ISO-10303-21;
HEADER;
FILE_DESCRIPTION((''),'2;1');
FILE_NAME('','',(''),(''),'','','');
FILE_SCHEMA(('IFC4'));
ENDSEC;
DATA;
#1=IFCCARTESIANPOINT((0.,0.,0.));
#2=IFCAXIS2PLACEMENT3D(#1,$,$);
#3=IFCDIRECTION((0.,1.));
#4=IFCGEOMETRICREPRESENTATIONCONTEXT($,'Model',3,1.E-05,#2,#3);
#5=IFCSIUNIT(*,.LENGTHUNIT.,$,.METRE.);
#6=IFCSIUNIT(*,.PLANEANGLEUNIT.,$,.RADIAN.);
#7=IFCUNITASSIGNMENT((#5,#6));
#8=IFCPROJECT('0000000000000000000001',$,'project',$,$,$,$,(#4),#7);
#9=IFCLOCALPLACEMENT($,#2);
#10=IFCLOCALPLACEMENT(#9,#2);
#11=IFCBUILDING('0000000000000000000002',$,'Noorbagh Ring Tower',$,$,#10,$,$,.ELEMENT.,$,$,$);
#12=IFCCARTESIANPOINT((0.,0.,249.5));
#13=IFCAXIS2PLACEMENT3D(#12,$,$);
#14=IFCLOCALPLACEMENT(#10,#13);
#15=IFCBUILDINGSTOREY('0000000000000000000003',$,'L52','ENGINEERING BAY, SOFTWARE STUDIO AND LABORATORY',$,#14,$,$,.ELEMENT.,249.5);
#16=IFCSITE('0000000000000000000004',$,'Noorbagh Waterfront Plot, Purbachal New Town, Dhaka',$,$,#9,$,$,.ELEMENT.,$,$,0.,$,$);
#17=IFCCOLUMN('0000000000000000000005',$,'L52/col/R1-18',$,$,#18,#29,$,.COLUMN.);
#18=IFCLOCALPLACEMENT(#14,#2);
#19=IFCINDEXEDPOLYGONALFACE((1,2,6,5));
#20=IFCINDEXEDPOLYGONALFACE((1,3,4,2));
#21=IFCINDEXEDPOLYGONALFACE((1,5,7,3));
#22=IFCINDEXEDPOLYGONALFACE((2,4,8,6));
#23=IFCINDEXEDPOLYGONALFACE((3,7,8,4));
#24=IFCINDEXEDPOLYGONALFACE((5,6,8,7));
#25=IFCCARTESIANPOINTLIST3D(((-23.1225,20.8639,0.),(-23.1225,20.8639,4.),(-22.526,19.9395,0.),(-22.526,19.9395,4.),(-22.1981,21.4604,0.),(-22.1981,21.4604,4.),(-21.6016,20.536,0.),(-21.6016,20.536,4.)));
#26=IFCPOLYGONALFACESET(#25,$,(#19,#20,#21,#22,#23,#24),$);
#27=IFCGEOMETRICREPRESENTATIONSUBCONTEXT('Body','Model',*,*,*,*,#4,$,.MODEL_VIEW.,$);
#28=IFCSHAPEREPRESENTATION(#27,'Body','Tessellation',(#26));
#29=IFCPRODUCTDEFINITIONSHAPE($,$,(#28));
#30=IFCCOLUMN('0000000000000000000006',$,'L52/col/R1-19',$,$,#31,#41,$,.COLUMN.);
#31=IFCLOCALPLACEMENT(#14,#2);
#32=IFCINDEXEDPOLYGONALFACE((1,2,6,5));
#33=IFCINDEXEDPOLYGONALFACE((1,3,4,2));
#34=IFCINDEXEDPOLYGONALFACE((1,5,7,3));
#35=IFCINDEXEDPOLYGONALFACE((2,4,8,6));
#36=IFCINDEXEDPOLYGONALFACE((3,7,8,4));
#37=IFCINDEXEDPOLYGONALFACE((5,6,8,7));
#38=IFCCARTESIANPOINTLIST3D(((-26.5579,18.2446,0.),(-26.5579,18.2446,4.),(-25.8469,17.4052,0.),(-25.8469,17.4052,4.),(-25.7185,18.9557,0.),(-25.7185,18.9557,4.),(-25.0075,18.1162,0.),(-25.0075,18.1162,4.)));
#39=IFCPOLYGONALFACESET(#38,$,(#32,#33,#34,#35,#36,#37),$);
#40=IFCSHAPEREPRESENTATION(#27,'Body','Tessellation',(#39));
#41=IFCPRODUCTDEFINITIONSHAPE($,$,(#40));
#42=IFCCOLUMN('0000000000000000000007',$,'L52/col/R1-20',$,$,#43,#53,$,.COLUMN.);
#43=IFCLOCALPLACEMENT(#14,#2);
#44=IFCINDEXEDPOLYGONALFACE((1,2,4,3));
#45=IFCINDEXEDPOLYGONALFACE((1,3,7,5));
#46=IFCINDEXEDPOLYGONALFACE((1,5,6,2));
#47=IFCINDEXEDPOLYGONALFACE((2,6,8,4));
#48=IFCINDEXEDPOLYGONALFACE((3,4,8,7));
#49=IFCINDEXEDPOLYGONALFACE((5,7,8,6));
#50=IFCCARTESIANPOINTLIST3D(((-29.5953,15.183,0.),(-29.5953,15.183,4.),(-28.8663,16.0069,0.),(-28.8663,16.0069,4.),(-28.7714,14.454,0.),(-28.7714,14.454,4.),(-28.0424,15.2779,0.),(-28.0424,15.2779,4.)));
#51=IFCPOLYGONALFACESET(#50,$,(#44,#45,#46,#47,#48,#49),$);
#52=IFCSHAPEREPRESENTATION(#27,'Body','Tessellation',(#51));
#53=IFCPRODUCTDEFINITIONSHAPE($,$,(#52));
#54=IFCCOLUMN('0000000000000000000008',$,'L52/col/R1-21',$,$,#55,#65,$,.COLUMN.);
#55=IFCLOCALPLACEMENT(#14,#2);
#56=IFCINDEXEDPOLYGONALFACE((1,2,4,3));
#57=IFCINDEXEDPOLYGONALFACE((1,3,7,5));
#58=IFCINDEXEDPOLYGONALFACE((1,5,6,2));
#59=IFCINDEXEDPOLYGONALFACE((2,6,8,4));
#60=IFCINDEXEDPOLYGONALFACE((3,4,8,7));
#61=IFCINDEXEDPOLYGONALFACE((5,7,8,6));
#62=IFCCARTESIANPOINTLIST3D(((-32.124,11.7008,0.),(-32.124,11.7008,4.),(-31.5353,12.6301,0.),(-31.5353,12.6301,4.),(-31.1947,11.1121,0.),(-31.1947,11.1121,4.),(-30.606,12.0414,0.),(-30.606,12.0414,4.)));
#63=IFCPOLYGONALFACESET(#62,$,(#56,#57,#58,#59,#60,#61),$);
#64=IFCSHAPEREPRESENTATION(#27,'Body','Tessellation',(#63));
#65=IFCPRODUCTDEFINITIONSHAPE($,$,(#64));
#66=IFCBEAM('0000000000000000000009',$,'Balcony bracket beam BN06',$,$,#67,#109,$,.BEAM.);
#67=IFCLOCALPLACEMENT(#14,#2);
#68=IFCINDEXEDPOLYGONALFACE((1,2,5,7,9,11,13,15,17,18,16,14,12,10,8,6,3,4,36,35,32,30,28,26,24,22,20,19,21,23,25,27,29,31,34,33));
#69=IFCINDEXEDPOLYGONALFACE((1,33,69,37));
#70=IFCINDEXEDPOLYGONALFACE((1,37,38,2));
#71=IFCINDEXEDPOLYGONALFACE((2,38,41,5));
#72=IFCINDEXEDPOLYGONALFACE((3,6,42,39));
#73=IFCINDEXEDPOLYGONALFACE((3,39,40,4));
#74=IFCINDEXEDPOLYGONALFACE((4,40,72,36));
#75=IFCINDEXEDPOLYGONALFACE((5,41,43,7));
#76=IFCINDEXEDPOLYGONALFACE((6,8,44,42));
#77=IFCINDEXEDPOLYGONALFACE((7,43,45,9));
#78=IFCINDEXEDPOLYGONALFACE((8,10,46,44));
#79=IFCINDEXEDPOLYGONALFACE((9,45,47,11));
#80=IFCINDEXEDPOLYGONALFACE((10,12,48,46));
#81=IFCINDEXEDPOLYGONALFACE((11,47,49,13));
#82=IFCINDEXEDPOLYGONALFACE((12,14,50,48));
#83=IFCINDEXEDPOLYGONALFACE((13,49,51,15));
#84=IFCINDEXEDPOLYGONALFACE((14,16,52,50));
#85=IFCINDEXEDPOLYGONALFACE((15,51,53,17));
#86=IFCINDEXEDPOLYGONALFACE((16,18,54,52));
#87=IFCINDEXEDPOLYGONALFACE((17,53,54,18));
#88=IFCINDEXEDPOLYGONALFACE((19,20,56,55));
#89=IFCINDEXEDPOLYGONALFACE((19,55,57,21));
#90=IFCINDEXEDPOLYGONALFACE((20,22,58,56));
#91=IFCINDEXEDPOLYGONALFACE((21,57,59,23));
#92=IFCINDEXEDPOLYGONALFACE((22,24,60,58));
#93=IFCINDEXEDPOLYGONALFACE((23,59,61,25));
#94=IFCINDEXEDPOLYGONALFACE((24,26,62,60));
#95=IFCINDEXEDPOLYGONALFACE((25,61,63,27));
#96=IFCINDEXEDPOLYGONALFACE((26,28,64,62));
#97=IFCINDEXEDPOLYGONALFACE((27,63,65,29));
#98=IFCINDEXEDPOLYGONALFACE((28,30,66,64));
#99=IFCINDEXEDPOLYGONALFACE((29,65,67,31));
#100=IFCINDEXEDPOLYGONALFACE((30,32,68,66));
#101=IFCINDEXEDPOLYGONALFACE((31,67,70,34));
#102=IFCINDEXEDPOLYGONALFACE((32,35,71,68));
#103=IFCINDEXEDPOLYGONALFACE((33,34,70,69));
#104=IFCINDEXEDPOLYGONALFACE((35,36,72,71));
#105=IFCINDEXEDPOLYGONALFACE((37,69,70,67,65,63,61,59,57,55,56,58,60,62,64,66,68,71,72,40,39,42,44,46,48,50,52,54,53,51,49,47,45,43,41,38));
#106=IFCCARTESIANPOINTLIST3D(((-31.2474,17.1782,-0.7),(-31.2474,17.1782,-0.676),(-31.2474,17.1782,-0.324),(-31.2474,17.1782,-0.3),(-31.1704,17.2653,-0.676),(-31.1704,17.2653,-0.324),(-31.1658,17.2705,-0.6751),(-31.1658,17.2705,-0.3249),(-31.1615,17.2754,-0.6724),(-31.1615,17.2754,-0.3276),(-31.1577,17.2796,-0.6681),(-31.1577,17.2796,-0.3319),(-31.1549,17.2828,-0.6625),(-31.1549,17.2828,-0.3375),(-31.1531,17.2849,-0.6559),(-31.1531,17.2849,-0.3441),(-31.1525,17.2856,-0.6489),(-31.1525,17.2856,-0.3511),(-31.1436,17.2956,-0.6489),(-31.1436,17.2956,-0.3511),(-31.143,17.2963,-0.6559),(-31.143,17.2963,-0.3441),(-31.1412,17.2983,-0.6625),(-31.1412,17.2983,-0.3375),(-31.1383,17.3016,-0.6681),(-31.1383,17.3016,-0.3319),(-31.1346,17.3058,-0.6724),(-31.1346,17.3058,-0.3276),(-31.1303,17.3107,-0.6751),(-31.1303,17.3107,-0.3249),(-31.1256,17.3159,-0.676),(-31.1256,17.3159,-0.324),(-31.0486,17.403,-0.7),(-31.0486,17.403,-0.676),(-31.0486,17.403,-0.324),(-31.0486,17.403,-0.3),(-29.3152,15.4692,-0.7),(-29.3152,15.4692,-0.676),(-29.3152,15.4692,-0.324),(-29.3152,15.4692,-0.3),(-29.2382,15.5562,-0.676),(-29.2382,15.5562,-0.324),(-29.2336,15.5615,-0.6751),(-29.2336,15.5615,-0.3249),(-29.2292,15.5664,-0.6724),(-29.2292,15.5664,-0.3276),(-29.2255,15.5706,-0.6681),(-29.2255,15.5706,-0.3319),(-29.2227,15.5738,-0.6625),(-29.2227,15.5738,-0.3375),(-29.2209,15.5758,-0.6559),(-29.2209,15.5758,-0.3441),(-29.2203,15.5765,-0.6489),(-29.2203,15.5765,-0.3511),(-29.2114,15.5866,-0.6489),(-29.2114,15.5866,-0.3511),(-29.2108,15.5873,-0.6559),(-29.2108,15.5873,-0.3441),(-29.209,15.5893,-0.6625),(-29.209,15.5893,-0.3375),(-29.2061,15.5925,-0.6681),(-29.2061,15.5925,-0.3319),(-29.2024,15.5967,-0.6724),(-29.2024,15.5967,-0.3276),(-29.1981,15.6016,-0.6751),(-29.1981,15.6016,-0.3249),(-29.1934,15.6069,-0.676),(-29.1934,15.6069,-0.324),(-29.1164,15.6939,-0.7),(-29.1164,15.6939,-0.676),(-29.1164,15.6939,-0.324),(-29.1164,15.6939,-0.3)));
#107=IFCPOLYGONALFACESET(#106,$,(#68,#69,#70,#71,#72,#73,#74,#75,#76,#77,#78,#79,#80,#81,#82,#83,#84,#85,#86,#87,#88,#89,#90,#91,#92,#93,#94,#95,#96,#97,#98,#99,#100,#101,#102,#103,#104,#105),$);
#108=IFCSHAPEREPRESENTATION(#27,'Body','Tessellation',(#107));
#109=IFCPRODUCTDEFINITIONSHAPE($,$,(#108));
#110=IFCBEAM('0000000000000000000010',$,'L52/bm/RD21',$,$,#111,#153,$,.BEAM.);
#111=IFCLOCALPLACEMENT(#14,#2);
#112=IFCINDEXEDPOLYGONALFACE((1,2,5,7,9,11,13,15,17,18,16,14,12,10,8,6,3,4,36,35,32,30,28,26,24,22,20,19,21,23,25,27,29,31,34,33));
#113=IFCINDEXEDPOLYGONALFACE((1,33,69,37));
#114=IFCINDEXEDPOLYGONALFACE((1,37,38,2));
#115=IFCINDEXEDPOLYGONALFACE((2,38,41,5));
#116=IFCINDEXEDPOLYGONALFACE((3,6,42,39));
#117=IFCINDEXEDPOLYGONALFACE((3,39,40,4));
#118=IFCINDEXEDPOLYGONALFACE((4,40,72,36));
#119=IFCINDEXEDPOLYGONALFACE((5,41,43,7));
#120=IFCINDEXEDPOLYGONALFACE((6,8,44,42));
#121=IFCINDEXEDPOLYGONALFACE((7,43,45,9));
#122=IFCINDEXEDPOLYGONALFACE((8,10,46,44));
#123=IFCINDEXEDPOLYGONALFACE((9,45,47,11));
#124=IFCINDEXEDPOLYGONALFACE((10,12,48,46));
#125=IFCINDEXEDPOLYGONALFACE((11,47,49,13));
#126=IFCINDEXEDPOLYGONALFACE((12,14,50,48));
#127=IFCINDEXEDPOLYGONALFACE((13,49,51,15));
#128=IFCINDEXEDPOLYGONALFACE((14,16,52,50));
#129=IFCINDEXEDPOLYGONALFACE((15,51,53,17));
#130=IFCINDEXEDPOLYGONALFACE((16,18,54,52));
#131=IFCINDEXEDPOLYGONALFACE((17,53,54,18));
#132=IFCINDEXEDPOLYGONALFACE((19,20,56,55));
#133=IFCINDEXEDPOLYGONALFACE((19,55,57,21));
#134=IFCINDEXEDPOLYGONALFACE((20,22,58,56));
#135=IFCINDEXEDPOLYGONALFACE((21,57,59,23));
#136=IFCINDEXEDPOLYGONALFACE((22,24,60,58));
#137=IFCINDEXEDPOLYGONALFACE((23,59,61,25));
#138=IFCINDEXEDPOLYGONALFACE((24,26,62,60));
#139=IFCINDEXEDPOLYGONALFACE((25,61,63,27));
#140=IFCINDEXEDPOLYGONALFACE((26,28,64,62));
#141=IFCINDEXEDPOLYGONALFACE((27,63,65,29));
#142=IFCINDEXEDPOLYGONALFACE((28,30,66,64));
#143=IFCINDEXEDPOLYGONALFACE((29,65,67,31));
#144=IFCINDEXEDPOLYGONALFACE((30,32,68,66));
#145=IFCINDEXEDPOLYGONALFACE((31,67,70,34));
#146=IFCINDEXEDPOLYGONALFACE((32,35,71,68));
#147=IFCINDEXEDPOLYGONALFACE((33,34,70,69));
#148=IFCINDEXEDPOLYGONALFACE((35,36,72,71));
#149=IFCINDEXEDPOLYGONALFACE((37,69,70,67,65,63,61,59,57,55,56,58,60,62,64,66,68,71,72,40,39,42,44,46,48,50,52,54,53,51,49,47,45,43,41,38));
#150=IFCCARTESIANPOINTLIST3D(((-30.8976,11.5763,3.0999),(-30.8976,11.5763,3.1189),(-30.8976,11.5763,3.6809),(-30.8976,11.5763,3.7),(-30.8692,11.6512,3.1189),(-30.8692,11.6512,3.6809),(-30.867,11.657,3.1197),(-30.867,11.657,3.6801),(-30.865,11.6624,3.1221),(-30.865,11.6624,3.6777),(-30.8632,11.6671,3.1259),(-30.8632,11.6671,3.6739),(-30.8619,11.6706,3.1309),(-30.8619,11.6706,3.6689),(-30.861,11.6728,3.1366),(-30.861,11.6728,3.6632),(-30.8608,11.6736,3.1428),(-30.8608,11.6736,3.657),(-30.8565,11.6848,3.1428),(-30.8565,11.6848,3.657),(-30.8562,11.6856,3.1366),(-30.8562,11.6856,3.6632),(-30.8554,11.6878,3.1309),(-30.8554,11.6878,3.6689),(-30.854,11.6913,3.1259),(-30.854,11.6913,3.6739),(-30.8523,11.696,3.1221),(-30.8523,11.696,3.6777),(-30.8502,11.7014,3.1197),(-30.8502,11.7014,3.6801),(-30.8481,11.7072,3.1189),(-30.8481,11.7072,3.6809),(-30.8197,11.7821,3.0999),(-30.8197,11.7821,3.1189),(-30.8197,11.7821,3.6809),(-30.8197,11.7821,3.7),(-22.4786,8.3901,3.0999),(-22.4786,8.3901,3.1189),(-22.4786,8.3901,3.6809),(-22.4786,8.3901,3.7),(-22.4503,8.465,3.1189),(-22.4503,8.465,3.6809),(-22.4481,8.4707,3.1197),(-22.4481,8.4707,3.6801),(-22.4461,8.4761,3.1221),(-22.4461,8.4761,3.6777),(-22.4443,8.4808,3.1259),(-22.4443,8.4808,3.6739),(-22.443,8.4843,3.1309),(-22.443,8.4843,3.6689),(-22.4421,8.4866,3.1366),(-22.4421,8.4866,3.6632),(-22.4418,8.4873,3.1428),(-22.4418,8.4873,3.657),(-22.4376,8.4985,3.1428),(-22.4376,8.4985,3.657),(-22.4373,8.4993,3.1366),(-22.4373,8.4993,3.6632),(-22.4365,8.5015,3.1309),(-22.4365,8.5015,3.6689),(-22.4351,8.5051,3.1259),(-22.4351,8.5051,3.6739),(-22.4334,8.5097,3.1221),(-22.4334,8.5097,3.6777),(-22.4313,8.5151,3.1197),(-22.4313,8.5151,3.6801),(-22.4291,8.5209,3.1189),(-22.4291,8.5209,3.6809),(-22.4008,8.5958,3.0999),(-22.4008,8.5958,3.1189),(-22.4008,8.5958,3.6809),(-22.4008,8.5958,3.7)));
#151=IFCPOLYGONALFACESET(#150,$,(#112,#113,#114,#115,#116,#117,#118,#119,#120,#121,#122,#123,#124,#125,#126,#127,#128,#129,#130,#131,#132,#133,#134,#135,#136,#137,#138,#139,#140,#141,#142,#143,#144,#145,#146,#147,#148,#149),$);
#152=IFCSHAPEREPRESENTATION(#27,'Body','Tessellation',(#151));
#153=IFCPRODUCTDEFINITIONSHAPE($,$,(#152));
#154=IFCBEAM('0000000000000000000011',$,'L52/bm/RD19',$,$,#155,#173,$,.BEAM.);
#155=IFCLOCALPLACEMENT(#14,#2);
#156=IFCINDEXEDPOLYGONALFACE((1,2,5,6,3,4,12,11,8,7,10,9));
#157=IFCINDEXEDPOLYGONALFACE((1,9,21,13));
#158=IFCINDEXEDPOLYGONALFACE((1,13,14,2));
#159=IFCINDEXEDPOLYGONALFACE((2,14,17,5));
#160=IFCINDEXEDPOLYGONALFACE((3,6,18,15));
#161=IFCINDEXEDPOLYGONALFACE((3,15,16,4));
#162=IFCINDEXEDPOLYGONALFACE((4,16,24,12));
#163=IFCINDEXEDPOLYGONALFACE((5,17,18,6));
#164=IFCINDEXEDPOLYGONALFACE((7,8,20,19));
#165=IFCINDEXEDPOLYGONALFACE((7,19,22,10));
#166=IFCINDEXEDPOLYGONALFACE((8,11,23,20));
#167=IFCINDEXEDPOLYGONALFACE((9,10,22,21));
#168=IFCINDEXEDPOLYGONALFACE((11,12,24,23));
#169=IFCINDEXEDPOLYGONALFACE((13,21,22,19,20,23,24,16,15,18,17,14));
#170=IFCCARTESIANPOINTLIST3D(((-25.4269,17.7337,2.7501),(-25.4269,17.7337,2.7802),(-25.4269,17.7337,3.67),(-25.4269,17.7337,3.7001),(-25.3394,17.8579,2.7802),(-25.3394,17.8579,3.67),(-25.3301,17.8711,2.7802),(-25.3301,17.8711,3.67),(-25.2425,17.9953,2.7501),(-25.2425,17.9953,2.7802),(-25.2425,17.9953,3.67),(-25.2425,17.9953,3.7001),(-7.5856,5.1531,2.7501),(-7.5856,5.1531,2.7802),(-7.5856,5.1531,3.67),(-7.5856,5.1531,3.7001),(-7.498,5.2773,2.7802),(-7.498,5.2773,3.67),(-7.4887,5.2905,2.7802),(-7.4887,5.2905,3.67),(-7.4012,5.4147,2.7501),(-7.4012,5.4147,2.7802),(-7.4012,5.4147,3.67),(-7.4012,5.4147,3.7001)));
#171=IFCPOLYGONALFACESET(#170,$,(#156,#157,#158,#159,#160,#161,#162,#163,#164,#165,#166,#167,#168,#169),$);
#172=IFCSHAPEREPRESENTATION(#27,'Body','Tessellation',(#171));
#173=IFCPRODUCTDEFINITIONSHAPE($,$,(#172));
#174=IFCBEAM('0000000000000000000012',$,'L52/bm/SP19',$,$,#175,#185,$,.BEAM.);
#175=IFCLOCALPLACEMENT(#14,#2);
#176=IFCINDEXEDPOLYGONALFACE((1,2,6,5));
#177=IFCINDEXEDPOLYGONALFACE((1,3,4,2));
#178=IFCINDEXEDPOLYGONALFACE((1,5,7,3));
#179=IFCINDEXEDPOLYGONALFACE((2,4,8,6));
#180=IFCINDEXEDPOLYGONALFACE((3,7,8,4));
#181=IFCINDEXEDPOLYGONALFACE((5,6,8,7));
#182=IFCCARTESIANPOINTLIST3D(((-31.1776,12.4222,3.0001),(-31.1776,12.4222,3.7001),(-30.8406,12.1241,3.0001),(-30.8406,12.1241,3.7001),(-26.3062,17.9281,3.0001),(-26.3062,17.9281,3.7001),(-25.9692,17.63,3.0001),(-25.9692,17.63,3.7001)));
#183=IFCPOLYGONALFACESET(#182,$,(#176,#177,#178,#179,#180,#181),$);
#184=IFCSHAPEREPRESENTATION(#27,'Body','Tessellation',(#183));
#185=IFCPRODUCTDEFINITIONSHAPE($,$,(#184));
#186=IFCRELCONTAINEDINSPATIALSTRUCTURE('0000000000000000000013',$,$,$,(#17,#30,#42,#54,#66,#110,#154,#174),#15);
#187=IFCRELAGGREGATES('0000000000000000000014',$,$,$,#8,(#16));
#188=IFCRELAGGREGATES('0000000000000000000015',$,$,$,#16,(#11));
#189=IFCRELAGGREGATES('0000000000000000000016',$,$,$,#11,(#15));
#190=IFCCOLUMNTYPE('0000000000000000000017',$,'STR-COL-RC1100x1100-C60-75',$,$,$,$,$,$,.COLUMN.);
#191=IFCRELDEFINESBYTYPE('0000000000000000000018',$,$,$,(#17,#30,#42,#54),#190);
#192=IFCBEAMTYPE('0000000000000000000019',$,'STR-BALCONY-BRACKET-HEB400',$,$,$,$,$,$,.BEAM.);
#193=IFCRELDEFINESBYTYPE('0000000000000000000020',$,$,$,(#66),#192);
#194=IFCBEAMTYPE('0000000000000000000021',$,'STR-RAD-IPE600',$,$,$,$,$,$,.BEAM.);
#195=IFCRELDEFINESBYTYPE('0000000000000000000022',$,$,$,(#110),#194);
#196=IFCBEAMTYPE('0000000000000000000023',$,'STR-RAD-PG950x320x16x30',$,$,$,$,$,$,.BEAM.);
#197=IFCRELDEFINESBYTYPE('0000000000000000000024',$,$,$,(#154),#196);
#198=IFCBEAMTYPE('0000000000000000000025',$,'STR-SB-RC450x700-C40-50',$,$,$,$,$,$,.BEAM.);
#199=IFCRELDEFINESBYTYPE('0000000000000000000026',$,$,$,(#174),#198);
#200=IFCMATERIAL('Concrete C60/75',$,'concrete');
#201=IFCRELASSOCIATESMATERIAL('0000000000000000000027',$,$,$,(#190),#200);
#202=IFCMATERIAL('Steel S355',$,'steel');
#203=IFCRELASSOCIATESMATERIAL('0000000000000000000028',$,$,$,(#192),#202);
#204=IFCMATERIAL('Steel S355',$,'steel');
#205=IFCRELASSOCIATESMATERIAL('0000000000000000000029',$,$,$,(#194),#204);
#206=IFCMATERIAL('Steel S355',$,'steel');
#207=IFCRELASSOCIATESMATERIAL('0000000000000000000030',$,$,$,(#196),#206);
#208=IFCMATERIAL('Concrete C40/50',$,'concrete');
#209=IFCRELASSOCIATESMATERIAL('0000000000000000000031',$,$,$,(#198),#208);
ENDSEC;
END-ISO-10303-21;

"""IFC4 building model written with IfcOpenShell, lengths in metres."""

from ifc_helpers import new_model, si_unit, direction, frame, origin, origin_2d, place, context, subcontext, project, spatial, rectangle, i_section, extrude, material, material_profile, profile_set, type_object, element, save


model = new_model("IFC4")

# Units and contexts
model_context = context("Model", 3, precision=1e-05, world=origin(), true_north=direction((0.0, 1.0)))
body_context = subcontext(model_context, "Body", "Model", "MODEL_VIEW")
ifc_project = project(units=[si_unit("LENGTHUNIT", "METRE"), si_unit("PLANEANGLEUNIT", "RADIAN")], contexts=[model_context])

# Site, building, storey
site_placement = place(None, origin())
site = spatial("IfcSite", under=ifc_project, at=site_placement, Name="Noorbagh Waterfront Plot, Purbachal New Town, Dhaka", CompositionType="ELEMENT", RefElevation=0.0)
building_placement = place(site_placement, origin())
building = spatial("IfcBuilding", under=site, at=building_placement, Name="Noorbagh Ring Tower", CompositionType="ELEMENT")
storey_placement = place(building_placement, frame((0.0, 0.0, 249.5)))
storey = spatial("IfcBuildingStorey", under=building, at=storey_placement, Name="L52", Description="ENGINEERING BAY, SOFTWARE STUDIO AND LABORATORY", CompositionType="ELEMENT", Elevation=249.5)

# Columns
ifc_material_1 = material(Name="Concrete C60/75", Category="concrete")
ifc_material_profile_1 = material_profile(ifc_material_1, rectangle(XDim=1.1001, YDim=1.1001, at=origin_2d()), Name="RC1100x1100")
ifc_profile_set_1 = profile_set([ifc_material_profile_1], Name="Concrete C60/75")
column_type = type_object("IfcColumnType", Name="STR-COL-RC1100x1100-C60-75", PredefinedType="COLUMN", material=ifc_profile_set_1)
for number, where, z_axis, x_axis, name in (
    (1, (-22.3621, 20.7, 0.0), (0.0, 0.0, 1.0), (-0.840248, -0.542203, 0.0), "L52/col/R1-18"),
    (2, (-25.7827, 18.1804, 0.0), (0.0, 0.0, 1.0), (-0.763035, -0.646357, 0.0), "L52/col/R1-19"),
    (3, (-28.8188, 15.2305, 0.0), (0.0, 0.0, 1.0), (-0.662636, -0.748942, 0.0), "L52/col/R1-20"),
    (4, (-31.365, 11.8711, 0.0), (0.0, 0.0, 1.0), (-0.53519, -0.844731, 0.0), "L52/col/R1-21"),
):
    element("IfcColumn", number, at=place(storey_placement, frame(where, z_axis=z_axis, x_axis=x_axis)), inside=storey, type_object=column_type, Name=name, PredefinedType="COLUMN", context=body_context, shape_type="SweptSolid", body=[
        extrude(rectangle(XDim=1.1001, YDim=1.1001, at=origin_2d()), origin(), (0.0, 0.0, 1.0), 4.0),
    ])

# Beams
ifc_material_2 = material(Name="Steel S355", Category="steel")
ifc_material_profile_2 = material_profile(ifc_material_2, i_section(OverallWidth=0.3, OverallDepth=0.3999, WebThickness=0.0134, FlangeThickness=0.0239, FilletRadius=0.0271, at=origin_2d()), Name="HEB400")
ifc_profile_set_2 = profile_set([ifc_material_profile_2], Name="Steel S355")
beam_type_1 = type_object("IfcBeamType", Name="STR-BALCONY-BRACKET-HEB400", PredefinedType="BEAM", material=ifc_profile_set_2)
beam_1_placement = place(storey_placement, frame((-29.2158, 15.5815, -0.5), z_axis=(-0.749036, 0.662529, 0.0), x_axis=(-0.662529, -0.749036, 0.0)))
element("IfcBeam", 5, at=beam_1_placement, inside=storey, type_object=beam_type_1, Name="Balcony bracket beam BN06", PredefinedType="BEAM", context=body_context, shape_type="SweptSolid", body=[
    extrude(i_section(OverallWidth=0.3, OverallDepth=0.3999, WebThickness=0.0134, FlangeThickness=0.0239, FilletRadius=0.0271, at=origin_2d()), origin(), (0.0, 0.0, 1.0), 2.5796),
])
ifc_material_3 = material(Name="Steel S355", Category="steel")
ifc_material_profile_3 = material_profile(ifc_material_3, i_section(OverallWidth=0.22, OverallDepth=0.6001, WebThickness=0.012, FlangeThickness=0.019, FilletRadius=0.0239, at=origin_2d()), Name="IPE600")
ifc_profile_set_3 = profile_set([ifc_material_profile_3], Name="Steel S355")
beam_type_2 = type_object("IfcBeamType", Name="STR-RAD-IPE600", PredefinedType="BEAM", material=ifc_profile_set_3)
beam_2_placement = place(storey_placement, frame((-30.8586, 11.6792, 3.3999), z_axis=(0.935259, -0.353963, 0.0), x_axis=(0.353963, 0.935259, 0.0)))
element("IfcBeam", 6, at=beam_2_placement, inside=storey, type_object=beam_type_2, Name="L52/bm/RD21", PredefinedType="BEAM", context=body_context, shape_type="SweptSolid", body=[
    extrude(i_section(OverallWidth=0.22, OverallDepth=0.6001, WebThickness=0.012, FlangeThickness=0.019, FilletRadius=0.0239, at=origin_2d()), origin(), (0.0, 0.0, 1.0), 9.0017),
])
ifc_material_4 = material(Name="Steel S355", Category="steel")
ifc_material_profile_4 = material_profile(ifc_material_4, i_section(OverallWidth=0.3201, OverallDepth=0.95, WebThickness=0.0161, FlangeThickness=0.03, at=origin_2d()), Name="PG950x320x16x30")
ifc_profile_set_4 = profile_set([ifc_material_profile_4], Name="Steel S355")
beam_type_3 = type_object("IfcBeamType", Name="STR-RAD-PG950x320x16x30", PredefinedType="BEAM", material=ifc_profile_set_4)
beam_3_placement = place(storey_placement, frame((-25.3347, 17.8645, 3.2251), z_axis=(0.817255, -0.576277, 0.0), x_axis=(0.576277, 0.817255, 0.0)))
element("IfcBeam", 7, at=beam_3_placement, inside=storey, type_object=beam_type_3, Name="L52/bm/RD19", PredefinedType="BEAM", context=body_context, shape_type="SweptSolid", body=[
    extrude(i_section(OverallWidth=0.3201, OverallDepth=0.95, WebThickness=0.0161, FlangeThickness=0.03, at=origin_2d()), origin(), (0.0, 0.0, 1.0), 21.8308),
])
ifc_material_5 = material(Name="Concrete C40/50", Category="concrete")
ifc_material_profile_5 = material_profile(ifc_material_5, rectangle(XDim=0.45, YDim=0.7, at=origin_2d()), Name="RC450x700")
ifc_profile_set_5 = profile_set([ifc_material_profile_5], Name="Concrete C40/50")
beam_type_4 = type_object("IfcBeamType", Name="STR-SB-RC450x700-C40-50", PredefinedType="BEAM", material=ifc_profile_set_5)
beam_4_placement = place(storey_placement, frame((-26.1377, 17.7791, 3.3501), z_axis=(-0.662633, -0.748945, 0.0), x_axis=(0.748945, -0.662633, 0.0)))
element("IfcBeam", 8, at=beam_4_placement, inside=storey, type_object=beam_type_4, Name="L52/bm/SP19", PredefinedType="BEAM", context=body_context, shape_type="SweptSolid", body=[
    extrude(rectangle(XDim=0.45, YDim=0.7, at=origin_2d()), origin(), (0.0, 0.0, 1.0), 7.3516),
])

save(model, "model.ifc")
